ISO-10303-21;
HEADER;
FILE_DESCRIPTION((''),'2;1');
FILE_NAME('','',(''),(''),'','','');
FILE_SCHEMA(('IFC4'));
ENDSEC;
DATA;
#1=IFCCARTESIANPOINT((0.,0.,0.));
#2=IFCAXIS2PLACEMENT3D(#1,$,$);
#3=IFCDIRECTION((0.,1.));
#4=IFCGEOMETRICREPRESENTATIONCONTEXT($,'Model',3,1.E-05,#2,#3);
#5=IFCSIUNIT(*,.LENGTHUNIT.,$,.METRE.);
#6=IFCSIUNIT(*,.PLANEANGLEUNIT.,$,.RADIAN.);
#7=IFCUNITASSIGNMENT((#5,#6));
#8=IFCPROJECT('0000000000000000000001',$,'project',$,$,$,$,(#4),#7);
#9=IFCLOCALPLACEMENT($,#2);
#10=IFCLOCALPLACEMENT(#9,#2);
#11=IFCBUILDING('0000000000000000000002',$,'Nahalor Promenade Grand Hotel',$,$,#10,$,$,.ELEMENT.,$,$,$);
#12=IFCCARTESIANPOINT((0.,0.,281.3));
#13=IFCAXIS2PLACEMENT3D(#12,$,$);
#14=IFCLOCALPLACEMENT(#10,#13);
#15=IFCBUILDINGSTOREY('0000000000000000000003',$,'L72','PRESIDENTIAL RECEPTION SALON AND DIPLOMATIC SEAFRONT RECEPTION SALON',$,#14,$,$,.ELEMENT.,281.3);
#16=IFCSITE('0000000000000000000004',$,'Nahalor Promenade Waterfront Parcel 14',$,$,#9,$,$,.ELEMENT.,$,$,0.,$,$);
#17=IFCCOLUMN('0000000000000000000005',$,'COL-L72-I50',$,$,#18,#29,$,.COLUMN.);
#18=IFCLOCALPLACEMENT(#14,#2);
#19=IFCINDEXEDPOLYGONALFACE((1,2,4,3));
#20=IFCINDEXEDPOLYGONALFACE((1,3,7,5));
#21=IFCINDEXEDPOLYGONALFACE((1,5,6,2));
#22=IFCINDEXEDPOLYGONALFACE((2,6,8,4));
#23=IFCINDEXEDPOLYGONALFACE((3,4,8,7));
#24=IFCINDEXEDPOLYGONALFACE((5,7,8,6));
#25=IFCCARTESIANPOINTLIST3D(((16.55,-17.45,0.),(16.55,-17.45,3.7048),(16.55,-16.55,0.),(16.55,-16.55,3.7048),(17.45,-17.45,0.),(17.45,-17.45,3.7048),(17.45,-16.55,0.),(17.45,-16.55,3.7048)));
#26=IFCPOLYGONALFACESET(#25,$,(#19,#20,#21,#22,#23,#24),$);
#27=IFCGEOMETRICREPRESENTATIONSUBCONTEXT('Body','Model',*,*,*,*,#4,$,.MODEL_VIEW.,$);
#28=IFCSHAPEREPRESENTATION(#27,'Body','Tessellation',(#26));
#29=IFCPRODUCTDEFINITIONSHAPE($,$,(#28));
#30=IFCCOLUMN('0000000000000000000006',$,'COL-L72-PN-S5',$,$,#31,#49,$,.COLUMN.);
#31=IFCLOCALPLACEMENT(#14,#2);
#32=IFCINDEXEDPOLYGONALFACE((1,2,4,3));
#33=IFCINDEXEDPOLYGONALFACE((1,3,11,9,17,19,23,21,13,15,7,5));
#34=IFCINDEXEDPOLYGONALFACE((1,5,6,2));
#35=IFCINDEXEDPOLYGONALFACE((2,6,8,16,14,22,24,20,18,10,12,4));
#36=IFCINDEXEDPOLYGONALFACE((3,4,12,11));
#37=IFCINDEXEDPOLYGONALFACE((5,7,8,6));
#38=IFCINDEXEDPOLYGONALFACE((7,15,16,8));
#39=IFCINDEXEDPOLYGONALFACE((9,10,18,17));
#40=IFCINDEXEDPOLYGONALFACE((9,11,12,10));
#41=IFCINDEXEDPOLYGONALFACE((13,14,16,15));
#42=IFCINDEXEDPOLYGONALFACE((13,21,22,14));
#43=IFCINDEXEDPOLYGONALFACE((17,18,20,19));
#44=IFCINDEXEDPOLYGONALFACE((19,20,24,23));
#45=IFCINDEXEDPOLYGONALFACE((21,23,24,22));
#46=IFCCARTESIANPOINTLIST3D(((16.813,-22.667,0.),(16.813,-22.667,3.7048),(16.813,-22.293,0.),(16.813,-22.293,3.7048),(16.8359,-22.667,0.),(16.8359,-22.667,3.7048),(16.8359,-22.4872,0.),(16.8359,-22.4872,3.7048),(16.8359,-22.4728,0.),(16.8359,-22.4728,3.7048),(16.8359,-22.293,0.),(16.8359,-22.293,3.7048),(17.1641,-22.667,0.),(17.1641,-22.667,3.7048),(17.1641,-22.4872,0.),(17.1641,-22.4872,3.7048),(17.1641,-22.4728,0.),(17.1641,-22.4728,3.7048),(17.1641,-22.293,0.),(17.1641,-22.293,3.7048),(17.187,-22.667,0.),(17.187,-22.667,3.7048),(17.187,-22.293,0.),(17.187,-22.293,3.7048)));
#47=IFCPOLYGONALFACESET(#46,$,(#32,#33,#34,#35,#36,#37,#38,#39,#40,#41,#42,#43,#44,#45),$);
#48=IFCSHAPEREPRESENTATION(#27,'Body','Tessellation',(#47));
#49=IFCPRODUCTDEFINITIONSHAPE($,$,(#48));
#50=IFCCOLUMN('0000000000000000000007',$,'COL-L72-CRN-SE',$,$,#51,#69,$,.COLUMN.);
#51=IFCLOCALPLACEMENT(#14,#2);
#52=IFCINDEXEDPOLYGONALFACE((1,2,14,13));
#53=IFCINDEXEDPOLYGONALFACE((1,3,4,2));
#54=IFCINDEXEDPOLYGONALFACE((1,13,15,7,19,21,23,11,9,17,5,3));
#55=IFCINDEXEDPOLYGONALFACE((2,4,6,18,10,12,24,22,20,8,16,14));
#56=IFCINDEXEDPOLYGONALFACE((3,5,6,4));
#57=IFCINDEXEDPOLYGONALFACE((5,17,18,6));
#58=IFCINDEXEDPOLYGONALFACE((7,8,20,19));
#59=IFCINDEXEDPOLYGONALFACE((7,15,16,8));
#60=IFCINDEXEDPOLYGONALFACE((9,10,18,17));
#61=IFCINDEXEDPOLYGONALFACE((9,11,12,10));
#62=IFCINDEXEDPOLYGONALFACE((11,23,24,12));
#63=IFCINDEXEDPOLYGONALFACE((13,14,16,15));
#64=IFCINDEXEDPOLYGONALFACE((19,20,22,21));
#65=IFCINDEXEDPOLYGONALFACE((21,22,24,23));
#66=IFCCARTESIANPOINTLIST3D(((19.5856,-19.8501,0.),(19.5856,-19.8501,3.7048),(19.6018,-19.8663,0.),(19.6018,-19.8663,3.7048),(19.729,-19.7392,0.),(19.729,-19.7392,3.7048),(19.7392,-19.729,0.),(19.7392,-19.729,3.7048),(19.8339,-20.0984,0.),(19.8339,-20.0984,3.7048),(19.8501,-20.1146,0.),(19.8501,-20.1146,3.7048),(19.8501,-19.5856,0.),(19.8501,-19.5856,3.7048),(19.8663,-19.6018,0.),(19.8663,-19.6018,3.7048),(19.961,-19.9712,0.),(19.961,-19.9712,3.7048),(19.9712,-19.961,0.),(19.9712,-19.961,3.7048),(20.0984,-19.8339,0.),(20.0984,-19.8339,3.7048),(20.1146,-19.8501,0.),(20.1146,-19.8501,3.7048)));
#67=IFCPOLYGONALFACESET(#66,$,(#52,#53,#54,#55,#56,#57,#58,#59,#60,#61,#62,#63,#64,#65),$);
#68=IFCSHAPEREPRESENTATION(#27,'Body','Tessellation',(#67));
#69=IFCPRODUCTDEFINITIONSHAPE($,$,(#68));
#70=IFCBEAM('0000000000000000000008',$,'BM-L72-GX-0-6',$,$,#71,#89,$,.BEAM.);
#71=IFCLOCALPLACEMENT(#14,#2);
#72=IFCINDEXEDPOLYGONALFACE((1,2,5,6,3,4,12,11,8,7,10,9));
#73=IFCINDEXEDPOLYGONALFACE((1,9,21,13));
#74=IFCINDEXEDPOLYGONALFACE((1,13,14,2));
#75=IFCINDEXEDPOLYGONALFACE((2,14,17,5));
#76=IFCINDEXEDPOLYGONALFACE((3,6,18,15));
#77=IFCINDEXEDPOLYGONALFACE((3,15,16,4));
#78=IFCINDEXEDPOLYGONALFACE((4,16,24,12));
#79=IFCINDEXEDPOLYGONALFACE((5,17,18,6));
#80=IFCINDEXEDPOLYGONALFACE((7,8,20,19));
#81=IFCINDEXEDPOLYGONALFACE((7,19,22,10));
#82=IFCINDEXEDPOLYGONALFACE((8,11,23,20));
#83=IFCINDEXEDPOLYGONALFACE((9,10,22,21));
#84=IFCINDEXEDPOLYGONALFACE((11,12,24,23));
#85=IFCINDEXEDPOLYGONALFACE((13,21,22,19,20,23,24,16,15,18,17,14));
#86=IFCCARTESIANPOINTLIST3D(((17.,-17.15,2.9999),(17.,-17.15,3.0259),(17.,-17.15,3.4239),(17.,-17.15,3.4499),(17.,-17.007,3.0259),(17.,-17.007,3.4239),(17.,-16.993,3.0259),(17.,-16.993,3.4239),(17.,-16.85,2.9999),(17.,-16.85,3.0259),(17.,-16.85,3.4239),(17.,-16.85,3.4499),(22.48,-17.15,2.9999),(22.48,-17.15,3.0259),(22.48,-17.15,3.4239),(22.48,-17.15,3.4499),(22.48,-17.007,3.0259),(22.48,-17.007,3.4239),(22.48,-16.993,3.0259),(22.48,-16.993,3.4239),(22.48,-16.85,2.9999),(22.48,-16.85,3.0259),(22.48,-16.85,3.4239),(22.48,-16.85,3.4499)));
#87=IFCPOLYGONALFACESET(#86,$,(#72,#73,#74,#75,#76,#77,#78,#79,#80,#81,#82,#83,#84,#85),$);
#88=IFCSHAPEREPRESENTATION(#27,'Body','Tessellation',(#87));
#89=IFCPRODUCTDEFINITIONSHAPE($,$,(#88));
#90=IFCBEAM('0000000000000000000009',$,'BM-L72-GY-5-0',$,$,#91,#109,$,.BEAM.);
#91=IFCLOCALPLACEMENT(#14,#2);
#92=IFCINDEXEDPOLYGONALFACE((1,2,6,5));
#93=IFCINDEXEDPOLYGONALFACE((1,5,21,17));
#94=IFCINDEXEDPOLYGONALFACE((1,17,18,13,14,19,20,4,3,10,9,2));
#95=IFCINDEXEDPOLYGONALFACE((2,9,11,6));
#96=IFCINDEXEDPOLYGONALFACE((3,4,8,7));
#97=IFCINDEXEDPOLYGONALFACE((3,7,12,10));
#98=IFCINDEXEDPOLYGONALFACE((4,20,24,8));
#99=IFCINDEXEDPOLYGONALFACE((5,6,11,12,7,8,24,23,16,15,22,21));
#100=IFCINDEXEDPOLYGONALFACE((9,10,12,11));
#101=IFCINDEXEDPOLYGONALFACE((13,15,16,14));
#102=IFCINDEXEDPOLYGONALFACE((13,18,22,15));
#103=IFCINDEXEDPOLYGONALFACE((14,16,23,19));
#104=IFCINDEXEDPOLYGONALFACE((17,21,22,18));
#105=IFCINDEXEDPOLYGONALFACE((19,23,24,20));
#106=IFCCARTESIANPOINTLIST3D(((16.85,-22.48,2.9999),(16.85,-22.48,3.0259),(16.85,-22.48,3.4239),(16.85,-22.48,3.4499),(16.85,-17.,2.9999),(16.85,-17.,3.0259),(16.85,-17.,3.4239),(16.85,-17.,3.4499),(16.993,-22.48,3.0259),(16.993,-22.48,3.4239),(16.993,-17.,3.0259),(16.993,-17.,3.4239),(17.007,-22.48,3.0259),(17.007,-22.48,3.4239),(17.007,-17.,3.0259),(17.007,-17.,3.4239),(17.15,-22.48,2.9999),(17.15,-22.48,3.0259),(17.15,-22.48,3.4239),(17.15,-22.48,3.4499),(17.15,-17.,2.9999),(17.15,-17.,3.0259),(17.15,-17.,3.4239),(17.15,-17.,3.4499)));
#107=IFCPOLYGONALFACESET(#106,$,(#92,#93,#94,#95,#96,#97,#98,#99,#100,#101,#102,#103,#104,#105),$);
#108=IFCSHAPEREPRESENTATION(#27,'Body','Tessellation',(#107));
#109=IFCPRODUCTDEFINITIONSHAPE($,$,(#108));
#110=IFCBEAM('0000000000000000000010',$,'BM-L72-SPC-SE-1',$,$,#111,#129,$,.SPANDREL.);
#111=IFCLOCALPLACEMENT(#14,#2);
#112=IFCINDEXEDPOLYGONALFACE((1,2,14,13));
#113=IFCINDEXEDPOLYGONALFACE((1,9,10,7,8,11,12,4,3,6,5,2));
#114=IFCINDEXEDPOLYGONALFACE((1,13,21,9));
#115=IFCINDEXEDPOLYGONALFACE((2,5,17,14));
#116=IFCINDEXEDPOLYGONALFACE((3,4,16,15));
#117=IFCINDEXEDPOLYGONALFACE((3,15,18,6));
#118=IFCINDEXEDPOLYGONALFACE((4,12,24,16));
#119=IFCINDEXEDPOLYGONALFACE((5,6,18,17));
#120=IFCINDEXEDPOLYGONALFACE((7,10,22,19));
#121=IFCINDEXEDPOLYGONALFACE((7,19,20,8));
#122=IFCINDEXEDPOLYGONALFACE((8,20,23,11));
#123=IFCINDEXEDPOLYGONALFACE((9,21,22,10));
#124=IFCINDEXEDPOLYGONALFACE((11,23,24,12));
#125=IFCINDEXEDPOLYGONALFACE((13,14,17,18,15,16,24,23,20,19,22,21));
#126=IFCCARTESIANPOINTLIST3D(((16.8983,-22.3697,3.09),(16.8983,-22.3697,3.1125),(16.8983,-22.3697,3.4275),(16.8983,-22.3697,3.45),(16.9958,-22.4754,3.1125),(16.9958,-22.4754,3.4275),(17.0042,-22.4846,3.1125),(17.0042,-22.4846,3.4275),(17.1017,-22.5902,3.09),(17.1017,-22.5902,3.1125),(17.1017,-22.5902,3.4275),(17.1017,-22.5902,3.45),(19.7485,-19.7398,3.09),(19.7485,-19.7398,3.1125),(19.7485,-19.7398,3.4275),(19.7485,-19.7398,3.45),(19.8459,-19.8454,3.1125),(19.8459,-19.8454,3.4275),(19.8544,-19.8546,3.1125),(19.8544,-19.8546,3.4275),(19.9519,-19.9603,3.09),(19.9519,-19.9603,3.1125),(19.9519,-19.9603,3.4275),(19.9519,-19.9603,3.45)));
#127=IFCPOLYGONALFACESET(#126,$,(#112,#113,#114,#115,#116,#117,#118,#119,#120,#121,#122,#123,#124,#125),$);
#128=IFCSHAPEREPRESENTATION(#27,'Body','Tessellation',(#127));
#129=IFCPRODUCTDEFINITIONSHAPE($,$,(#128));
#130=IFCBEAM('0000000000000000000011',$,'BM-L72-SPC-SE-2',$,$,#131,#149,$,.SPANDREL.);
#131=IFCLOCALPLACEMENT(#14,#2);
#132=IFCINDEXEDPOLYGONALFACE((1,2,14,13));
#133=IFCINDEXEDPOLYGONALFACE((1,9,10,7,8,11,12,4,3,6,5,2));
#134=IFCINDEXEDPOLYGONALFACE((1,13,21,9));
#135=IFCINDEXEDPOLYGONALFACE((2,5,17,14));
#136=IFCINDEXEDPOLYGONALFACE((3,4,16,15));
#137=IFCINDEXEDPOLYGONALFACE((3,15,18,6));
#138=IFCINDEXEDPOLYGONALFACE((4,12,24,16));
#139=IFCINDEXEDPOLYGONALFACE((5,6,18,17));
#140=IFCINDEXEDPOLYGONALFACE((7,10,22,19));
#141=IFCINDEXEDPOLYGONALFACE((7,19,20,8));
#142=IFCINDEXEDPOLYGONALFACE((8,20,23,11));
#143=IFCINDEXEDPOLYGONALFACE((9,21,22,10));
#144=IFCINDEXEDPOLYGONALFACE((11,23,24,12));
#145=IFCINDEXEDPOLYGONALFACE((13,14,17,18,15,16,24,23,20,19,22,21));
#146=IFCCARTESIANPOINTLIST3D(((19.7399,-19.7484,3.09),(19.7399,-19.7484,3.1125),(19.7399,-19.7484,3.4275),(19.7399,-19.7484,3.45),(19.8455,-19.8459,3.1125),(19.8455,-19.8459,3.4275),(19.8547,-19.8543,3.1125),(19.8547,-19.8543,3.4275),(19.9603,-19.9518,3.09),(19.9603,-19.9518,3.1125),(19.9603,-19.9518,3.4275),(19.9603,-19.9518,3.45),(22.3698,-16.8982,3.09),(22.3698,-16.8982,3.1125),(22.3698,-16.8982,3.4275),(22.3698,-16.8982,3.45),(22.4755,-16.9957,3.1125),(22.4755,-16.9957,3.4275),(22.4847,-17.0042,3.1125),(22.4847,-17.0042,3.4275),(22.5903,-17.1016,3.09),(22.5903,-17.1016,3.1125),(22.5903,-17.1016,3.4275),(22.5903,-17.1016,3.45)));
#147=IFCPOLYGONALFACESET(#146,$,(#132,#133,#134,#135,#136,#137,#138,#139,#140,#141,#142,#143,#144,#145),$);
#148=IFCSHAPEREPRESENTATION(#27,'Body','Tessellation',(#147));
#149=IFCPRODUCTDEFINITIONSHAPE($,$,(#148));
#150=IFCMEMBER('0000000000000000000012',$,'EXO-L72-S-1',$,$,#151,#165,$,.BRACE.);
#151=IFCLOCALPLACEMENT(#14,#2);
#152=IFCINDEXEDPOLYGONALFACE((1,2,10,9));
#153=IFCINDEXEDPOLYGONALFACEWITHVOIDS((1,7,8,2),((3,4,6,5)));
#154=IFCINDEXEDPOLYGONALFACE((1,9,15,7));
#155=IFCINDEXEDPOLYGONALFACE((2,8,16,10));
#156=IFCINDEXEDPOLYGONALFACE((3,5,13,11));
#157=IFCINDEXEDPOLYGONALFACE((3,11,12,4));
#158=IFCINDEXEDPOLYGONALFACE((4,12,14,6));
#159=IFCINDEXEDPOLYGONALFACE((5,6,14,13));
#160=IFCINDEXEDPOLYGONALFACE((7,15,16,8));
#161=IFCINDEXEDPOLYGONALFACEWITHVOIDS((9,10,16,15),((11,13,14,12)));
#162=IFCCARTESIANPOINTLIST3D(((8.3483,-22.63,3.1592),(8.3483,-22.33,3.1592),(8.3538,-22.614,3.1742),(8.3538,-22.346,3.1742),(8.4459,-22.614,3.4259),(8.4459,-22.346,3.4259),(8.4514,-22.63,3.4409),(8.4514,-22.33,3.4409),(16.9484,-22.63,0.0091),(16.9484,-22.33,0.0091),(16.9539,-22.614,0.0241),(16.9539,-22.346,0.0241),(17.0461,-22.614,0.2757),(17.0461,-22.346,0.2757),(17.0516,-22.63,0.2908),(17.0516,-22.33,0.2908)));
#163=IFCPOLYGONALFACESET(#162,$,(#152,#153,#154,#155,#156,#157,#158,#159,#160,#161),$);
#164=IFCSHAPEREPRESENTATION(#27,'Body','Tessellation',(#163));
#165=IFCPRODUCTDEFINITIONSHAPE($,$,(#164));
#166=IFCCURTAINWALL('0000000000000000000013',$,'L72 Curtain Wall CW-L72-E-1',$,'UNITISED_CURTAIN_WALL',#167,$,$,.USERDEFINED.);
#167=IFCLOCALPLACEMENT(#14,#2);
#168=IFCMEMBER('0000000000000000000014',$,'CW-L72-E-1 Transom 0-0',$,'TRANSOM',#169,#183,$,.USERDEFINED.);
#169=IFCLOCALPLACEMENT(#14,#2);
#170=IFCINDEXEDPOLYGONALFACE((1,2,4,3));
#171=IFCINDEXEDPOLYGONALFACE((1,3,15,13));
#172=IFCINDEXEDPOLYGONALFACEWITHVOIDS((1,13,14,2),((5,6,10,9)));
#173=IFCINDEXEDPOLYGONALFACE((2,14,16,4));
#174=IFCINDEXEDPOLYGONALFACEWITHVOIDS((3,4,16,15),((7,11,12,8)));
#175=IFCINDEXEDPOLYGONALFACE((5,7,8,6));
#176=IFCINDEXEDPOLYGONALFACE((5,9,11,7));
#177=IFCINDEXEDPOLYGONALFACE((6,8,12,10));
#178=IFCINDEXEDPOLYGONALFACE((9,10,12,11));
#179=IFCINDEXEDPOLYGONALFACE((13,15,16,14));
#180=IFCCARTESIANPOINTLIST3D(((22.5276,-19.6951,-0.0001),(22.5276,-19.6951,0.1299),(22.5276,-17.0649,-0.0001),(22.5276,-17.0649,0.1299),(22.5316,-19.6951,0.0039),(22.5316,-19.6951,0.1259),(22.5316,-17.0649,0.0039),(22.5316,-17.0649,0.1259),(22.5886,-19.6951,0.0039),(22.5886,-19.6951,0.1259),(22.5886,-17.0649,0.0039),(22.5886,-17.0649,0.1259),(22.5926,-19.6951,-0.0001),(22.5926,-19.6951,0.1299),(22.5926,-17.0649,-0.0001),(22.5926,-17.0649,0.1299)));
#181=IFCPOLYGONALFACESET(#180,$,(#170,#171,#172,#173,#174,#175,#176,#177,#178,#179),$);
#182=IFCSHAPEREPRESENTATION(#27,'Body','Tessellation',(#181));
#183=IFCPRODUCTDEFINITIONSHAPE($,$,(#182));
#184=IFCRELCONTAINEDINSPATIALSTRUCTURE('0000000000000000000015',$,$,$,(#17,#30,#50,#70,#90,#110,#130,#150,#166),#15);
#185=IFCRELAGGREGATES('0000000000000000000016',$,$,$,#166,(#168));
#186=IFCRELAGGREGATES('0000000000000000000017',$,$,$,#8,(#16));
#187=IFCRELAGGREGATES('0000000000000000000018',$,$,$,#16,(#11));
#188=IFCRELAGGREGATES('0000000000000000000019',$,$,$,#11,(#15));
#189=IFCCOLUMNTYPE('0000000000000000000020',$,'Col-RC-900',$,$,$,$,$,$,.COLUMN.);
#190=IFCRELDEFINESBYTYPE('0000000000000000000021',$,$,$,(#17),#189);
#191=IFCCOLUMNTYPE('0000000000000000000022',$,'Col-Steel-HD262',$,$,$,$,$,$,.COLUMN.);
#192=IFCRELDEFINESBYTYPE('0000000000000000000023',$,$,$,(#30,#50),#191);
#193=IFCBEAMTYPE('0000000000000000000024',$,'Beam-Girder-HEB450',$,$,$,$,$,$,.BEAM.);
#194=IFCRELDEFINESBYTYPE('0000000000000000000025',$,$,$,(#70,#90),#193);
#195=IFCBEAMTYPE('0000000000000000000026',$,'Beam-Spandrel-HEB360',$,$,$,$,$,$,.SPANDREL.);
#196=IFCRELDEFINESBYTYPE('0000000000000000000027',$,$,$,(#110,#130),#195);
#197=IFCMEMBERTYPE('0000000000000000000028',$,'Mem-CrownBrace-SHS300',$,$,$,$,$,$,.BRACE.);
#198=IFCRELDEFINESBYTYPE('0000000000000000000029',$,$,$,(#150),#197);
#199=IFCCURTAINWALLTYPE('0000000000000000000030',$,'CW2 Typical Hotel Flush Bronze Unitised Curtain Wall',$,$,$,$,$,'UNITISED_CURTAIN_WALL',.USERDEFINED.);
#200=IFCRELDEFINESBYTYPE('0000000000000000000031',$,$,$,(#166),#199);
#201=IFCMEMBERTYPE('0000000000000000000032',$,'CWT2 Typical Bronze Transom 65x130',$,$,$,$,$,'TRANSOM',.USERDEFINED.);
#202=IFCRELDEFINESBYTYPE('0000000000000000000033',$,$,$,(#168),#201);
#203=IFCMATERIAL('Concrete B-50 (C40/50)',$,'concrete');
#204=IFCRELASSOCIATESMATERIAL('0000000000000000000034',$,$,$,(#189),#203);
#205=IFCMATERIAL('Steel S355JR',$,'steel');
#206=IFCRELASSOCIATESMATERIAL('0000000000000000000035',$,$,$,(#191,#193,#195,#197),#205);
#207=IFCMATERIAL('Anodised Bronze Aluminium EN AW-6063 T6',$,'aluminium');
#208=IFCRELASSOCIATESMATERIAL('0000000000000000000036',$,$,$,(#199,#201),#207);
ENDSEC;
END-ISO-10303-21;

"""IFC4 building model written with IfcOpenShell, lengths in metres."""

from ifc_helpers import new_model, si_unit, direction, frame, origin, origin_2d, place, context, subcontext, project, spatial, rectangle, hollow_rectangle, i_section, extrude, source, transform, mapped, material, material_profile, profile_set, type_object, element, aggregate, save


model = new_model("IFC4")

# Units and contexts
model_context = context("Model", 3, precision=1e-05, world=origin(), true_north=direction((0.0, 1.0)))
body_context = subcontext(model_context, "Body", "Model", "MODEL_VIEW")
ifc_project = project(units=[si_unit("LENGTHUNIT", "METRE"), si_unit("PLANEANGLEUNIT", "RADIAN")], contexts=[model_context])

# Site, building, storey
site_placement = place(None, origin())
site = spatial("IfcSite", under=ifc_project, at=site_placement, Name="Nahalor Promenade Waterfront Parcel 14", CompositionType="ELEMENT", RefElevation=0.0)
building_placement = place(site_placement, origin())
building = spatial("IfcBuilding", under=site, at=building_placement, Name="Nahalor Promenade Grand Hotel", CompositionType="ELEMENT")
storey_placement = place(building_placement, frame((0.0, 0.0, 281.3)))
storey = spatial("IfcBuildingStorey", under=building, at=storey_placement, Name="L72", Description="PRESIDENTIAL RECEPTION SALON AND DIPLOMATIC SEAFRONT RECEPTION SALON", CompositionType="ELEMENT", Elevation=281.3)

# Columns
ifc_material_1 = material(Name="Concrete B-50 (C40/50)", Category="concrete")
ifc_material_profile_1 = material_profile(ifc_material_1, rectangle(XDim=0.9, YDim=0.9, at=origin_2d()), Name="RC 900x900")
ifc_profile_set_1 = profile_set([ifc_material_profile_1], Name="Concrete B-50 (C40/50)")
column_type_1 = type_object("IfcColumnType", Name="Col-RC-900", PredefinedType="COLUMN", material=ifc_profile_set_1)
shared_shape_1 = source(origin(), body_context, "Body", "SweptSolid", [
    extrude(rectangle(XDim=0.9, YDim=0.9, at=origin_2d()), origin(), (0.0, 0.0, 1.0), 3.7048),
])
column_placement = place(storey_placement, frame((17.0, -17.0, 0.0), z_axis=(0.0, 0.0, 1.0), x_axis=(1.0, 0.0, 0.0)))
element("IfcColumn", 1, at=column_placement, inside=storey, type_object=column_type_1, Name="COL-L72-I50", PredefinedType="COLUMN", context=body_context, shape_type="MappedRepresentation", body=[
    mapped(shared_shape_1, transform((0.0, 0.0, 0.0), scale=1.0)),
])
ifc_material_2 = material(Name="Steel S355JR", Category="steel")
ifc_material_profile_2 = material_profile(ifc_material_2, i_section(OverallWidth=0.374, OverallDepth=0.374, WebThickness=0.0144, FlangeThickness=0.0229, at=origin_2d()), Name="HD 360x262")
ifc_profile_set_2 = profile_set([ifc_material_profile_2], Name="Steel S355JR")
column_type_2 = type_object("IfcColumnType", Name="Col-Steel-HD262", PredefinedType="COLUMN", material=ifc_profile_set_2)
shared_shape_2 = source(origin(), body_context, "Body", "SweptSolid", [
    extrude(i_section(OverallWidth=0.374, OverallDepth=0.374, WebThickness=0.0144, FlangeThickness=0.0229, at=origin_2d()), origin(), (0.0, 0.0, 1.0), 3.7048),
])
for number, where, z_axis, x_axis, name in (
    (2, (17.0, -22.48, 0.0), (0.0, 0.0, 1.0), (0.0, 1.0, 0.0), "COL-L72-PN-S5"),
    (3, (19.8501, -19.8501, 0.0), (0.0, 0.0, 1.0), (0.707107, 0.707107, 0.0), "COL-L72-CRN-SE"),
):
    element("IfcColumn", number, at=place(storey_placement, frame(where, z_axis=z_axis, x_axis=x_axis)), inside=storey, type_object=column_type_2, Name=name, PredefinedType="COLUMN", context=body_context, shape_type="MappedRepresentation", body=[
        mapped(shared_shape_2, transform((0.0, 0.0, 0.0), scale=1.0)),
    ])

# Beams
ifc_material_profile_3 = material_profile(ifc_material_2, i_section(OverallWidth=0.3, OverallDepth=0.45, WebThickness=0.014, FlangeThickness=0.026, at=origin_2d()), Name="HEB 450")
ifc_profile_set_3 = profile_set([ifc_material_profile_3], Name="Steel S355JR")
beam_type_1 = type_object("IfcBeamType", Name="Beam-Girder-HEB450", PredefinedType="BEAM", material=ifc_profile_set_3)
shared_shape_3 = source(origin(), body_context, "Body", "SweptSolid", [
    extrude(i_section(OverallWidth=0.3, OverallDepth=0.45, WebThickness=0.014, FlangeThickness=0.026, at=origin_2d()), origin(), (0.0, 0.0, 1.0), 5.48),
])
for number, where, z_axis, x_axis, name in (
    (4, (17.0, -17.0, 3.2249), (1.0, 0.0, 0.0), (0.0, 1.0, 0.0), "BM-L72-GX-0-6"),
    (5, (17.0, -22.48, 3.2249), (0.0, 1.0, 0.0), (-1.0, 0.0, 0.0), "BM-L72-GY-5-0"),
):
    element("IfcBeam", number, at=place(storey_placement, frame(where, z_axis=z_axis, x_axis=x_axis)), inside=storey, type_object=beam_type_1, Name=name, PredefinedType="BEAM", context=body_context, shape_type="MappedRepresentation", body=[
        mapped(shared_shape_3, transform((0.0, 0.0, 0.0), scale=1.0)),
    ])
ifc_material_profile_4 = material_profile(ifc_material_2, i_section(OverallWidth=0.3, OverallDepth=0.36, WebThickness=0.0125, FlangeThickness=0.0225, at=origin_2d()), Name="HEB 360")
ifc_profile_set_4 = profile_set([ifc_material_profile_4], Name="Steel S355JR")
beam_type_2 = type_object("IfcBeamType", Name="Beam-Spandrel-HEB360", PredefinedType="SPANDREL", material=ifc_profile_set_4)
shared_shape_4 = source(origin(), body_context, "Body", "SweptSolid", [
    extrude(i_section(OverallWidth=0.3, OverallDepth=0.36, WebThickness=0.0125, FlangeThickness=0.0225, at=origin_2d()), origin(), (0.0, 0.0, 1.0), 3.8782),
])
for number, where, z_axis, x_axis, name in (
    (6, (17.0, -22.48, 3.27), (0.734929, 0.678144, 0.0), (-0.678144, 0.734929, 0.0), "BM-L72-SPC-SE-1"),
    (7, (19.8501, -19.8501, 3.27), (0.678144, 0.734929, 0.0), (-0.734929, 0.678144, 0.0), "BM-L72-SPC-SE-2"),
):
    element("IfcBeam", number, at=place(storey_placement, frame(where, z_axis=z_axis, x_axis=x_axis)), inside=storey, type_object=beam_type_2, Name=name, PredefinedType="SPANDREL", context=body_context, shape_type="MappedRepresentation", body=[
        mapped(shared_shape_4, transform((0.0, 0.0, 0.0), scale=1.0)),
    ])

# Member
ifc_material_profile_5 = material_profile(ifc_material_2, hollow_rectangle(XDim=0.3, YDim=0.3, WallThickness=0.016, at=origin_2d()), Name="SHS 300x300x16")
ifc_profile_set_5 = profile_set([ifc_material_profile_5], Name="Steel S355JR")
member_type_1 = type_object("IfcMemberType", Name="Mem-CrownBrace-SHS300", PredefinedType="BRACE", material=ifc_profile_set_5)
shared_shape_5 = source(origin(), body_context, "Body", "SweptSolid", [
    extrude(hollow_rectangle(XDim=0.3, YDim=0.3, WallThickness=0.016, at=origin_2d()), origin(), (0.0, 0.0, 1.0), 9.1589),
])
member_1_placement = place(storey_placement, frame((17.0, -22.48, 0.1499), z_axis=(-0.93899, 0.0, 0.343944), x_axis=(0.0, -1.0, 0.0)))
element("IfcMember", 8, at=member_1_placement, inside=storey, type_object=member_type_1, Name="EXO-L72-S-1", PredefinedType="BRACE", context=body_context, shape_type="MappedRepresentation", body=[
    mapped(shared_shape_5, transform((0.0, 0.0, 0.0), scale=1.0)),
])

# Curtain wall, member
ifc_material_3 = material(Name="Anodised Bronze Aluminium EN AW-6063 T6", Category="aluminium")
curtain_wall_type = type_object("IfcCurtainWallType", Name="CW2 Typical Hotel Flush Bronze Unitised Curtain Wall", ElementType="UNITISED_CURTAIN_WALL", PredefinedType="USERDEFINED", material=ifc_material_3)
curtain_wall_1_placement = place(storey_placement, origin())
curtain_wall_1 = element("IfcCurtainWall", 9, at=curtain_wall_1_placement, inside=storey, type_object=curtain_wall_type, Name="L72 Curtain Wall CW-L72-E-1", ObjectType="UNITISED_CURTAIN_WALL", PredefinedType="USERDEFINED")
ifc_material_profile_6 = material_profile(ifc_material_3, hollow_rectangle(XDim=0.065, YDim=0.13, WallThickness=0.004, at=origin_2d()), Name="CWT 65x130x4")
ifc_profile_set_6 = profile_set([ifc_material_profile_6], Name="Anodised Bronze Aluminium EN AW-6063 T6")
member_type_2 = type_object("IfcMemberType", Name="CWT2 Typical Bronze Transom 65x130", ElementType="TRANSOM", PredefinedType="USERDEFINED", material=ifc_profile_set_6)
shared_shape_6 = source(origin(), body_context, "Body", "SweptSolid", [
    extrude(hollow_rectangle(XDim=0.065, YDim=0.13, WallThickness=0.004, at=origin_2d()), origin(), (0.0, 0.0, 1.0), 2.6301),
])
member_2_placement = place(storey_placement, frame((22.5601, -19.6951, 0.0649), z_axis=(0.0, 1.0, 0.0), x_axis=(-1.0, 0.0, 0.0)))
member_2 = element("IfcMember", 10, at=member_2_placement, type_object=member_type_2, Name="CW-L72-E-1 Transom 0-0", ObjectType="TRANSOM", PredefinedType="USERDEFINED", context=body_context, shape_type="MappedRepresentation", body=[
    mapped(shared_shape_6, transform((0.0, 0.0, 0.0), scale=1.0)),
])

aggregate(curtain_wall_1, [member_2])

save(model, "model.ifc")
